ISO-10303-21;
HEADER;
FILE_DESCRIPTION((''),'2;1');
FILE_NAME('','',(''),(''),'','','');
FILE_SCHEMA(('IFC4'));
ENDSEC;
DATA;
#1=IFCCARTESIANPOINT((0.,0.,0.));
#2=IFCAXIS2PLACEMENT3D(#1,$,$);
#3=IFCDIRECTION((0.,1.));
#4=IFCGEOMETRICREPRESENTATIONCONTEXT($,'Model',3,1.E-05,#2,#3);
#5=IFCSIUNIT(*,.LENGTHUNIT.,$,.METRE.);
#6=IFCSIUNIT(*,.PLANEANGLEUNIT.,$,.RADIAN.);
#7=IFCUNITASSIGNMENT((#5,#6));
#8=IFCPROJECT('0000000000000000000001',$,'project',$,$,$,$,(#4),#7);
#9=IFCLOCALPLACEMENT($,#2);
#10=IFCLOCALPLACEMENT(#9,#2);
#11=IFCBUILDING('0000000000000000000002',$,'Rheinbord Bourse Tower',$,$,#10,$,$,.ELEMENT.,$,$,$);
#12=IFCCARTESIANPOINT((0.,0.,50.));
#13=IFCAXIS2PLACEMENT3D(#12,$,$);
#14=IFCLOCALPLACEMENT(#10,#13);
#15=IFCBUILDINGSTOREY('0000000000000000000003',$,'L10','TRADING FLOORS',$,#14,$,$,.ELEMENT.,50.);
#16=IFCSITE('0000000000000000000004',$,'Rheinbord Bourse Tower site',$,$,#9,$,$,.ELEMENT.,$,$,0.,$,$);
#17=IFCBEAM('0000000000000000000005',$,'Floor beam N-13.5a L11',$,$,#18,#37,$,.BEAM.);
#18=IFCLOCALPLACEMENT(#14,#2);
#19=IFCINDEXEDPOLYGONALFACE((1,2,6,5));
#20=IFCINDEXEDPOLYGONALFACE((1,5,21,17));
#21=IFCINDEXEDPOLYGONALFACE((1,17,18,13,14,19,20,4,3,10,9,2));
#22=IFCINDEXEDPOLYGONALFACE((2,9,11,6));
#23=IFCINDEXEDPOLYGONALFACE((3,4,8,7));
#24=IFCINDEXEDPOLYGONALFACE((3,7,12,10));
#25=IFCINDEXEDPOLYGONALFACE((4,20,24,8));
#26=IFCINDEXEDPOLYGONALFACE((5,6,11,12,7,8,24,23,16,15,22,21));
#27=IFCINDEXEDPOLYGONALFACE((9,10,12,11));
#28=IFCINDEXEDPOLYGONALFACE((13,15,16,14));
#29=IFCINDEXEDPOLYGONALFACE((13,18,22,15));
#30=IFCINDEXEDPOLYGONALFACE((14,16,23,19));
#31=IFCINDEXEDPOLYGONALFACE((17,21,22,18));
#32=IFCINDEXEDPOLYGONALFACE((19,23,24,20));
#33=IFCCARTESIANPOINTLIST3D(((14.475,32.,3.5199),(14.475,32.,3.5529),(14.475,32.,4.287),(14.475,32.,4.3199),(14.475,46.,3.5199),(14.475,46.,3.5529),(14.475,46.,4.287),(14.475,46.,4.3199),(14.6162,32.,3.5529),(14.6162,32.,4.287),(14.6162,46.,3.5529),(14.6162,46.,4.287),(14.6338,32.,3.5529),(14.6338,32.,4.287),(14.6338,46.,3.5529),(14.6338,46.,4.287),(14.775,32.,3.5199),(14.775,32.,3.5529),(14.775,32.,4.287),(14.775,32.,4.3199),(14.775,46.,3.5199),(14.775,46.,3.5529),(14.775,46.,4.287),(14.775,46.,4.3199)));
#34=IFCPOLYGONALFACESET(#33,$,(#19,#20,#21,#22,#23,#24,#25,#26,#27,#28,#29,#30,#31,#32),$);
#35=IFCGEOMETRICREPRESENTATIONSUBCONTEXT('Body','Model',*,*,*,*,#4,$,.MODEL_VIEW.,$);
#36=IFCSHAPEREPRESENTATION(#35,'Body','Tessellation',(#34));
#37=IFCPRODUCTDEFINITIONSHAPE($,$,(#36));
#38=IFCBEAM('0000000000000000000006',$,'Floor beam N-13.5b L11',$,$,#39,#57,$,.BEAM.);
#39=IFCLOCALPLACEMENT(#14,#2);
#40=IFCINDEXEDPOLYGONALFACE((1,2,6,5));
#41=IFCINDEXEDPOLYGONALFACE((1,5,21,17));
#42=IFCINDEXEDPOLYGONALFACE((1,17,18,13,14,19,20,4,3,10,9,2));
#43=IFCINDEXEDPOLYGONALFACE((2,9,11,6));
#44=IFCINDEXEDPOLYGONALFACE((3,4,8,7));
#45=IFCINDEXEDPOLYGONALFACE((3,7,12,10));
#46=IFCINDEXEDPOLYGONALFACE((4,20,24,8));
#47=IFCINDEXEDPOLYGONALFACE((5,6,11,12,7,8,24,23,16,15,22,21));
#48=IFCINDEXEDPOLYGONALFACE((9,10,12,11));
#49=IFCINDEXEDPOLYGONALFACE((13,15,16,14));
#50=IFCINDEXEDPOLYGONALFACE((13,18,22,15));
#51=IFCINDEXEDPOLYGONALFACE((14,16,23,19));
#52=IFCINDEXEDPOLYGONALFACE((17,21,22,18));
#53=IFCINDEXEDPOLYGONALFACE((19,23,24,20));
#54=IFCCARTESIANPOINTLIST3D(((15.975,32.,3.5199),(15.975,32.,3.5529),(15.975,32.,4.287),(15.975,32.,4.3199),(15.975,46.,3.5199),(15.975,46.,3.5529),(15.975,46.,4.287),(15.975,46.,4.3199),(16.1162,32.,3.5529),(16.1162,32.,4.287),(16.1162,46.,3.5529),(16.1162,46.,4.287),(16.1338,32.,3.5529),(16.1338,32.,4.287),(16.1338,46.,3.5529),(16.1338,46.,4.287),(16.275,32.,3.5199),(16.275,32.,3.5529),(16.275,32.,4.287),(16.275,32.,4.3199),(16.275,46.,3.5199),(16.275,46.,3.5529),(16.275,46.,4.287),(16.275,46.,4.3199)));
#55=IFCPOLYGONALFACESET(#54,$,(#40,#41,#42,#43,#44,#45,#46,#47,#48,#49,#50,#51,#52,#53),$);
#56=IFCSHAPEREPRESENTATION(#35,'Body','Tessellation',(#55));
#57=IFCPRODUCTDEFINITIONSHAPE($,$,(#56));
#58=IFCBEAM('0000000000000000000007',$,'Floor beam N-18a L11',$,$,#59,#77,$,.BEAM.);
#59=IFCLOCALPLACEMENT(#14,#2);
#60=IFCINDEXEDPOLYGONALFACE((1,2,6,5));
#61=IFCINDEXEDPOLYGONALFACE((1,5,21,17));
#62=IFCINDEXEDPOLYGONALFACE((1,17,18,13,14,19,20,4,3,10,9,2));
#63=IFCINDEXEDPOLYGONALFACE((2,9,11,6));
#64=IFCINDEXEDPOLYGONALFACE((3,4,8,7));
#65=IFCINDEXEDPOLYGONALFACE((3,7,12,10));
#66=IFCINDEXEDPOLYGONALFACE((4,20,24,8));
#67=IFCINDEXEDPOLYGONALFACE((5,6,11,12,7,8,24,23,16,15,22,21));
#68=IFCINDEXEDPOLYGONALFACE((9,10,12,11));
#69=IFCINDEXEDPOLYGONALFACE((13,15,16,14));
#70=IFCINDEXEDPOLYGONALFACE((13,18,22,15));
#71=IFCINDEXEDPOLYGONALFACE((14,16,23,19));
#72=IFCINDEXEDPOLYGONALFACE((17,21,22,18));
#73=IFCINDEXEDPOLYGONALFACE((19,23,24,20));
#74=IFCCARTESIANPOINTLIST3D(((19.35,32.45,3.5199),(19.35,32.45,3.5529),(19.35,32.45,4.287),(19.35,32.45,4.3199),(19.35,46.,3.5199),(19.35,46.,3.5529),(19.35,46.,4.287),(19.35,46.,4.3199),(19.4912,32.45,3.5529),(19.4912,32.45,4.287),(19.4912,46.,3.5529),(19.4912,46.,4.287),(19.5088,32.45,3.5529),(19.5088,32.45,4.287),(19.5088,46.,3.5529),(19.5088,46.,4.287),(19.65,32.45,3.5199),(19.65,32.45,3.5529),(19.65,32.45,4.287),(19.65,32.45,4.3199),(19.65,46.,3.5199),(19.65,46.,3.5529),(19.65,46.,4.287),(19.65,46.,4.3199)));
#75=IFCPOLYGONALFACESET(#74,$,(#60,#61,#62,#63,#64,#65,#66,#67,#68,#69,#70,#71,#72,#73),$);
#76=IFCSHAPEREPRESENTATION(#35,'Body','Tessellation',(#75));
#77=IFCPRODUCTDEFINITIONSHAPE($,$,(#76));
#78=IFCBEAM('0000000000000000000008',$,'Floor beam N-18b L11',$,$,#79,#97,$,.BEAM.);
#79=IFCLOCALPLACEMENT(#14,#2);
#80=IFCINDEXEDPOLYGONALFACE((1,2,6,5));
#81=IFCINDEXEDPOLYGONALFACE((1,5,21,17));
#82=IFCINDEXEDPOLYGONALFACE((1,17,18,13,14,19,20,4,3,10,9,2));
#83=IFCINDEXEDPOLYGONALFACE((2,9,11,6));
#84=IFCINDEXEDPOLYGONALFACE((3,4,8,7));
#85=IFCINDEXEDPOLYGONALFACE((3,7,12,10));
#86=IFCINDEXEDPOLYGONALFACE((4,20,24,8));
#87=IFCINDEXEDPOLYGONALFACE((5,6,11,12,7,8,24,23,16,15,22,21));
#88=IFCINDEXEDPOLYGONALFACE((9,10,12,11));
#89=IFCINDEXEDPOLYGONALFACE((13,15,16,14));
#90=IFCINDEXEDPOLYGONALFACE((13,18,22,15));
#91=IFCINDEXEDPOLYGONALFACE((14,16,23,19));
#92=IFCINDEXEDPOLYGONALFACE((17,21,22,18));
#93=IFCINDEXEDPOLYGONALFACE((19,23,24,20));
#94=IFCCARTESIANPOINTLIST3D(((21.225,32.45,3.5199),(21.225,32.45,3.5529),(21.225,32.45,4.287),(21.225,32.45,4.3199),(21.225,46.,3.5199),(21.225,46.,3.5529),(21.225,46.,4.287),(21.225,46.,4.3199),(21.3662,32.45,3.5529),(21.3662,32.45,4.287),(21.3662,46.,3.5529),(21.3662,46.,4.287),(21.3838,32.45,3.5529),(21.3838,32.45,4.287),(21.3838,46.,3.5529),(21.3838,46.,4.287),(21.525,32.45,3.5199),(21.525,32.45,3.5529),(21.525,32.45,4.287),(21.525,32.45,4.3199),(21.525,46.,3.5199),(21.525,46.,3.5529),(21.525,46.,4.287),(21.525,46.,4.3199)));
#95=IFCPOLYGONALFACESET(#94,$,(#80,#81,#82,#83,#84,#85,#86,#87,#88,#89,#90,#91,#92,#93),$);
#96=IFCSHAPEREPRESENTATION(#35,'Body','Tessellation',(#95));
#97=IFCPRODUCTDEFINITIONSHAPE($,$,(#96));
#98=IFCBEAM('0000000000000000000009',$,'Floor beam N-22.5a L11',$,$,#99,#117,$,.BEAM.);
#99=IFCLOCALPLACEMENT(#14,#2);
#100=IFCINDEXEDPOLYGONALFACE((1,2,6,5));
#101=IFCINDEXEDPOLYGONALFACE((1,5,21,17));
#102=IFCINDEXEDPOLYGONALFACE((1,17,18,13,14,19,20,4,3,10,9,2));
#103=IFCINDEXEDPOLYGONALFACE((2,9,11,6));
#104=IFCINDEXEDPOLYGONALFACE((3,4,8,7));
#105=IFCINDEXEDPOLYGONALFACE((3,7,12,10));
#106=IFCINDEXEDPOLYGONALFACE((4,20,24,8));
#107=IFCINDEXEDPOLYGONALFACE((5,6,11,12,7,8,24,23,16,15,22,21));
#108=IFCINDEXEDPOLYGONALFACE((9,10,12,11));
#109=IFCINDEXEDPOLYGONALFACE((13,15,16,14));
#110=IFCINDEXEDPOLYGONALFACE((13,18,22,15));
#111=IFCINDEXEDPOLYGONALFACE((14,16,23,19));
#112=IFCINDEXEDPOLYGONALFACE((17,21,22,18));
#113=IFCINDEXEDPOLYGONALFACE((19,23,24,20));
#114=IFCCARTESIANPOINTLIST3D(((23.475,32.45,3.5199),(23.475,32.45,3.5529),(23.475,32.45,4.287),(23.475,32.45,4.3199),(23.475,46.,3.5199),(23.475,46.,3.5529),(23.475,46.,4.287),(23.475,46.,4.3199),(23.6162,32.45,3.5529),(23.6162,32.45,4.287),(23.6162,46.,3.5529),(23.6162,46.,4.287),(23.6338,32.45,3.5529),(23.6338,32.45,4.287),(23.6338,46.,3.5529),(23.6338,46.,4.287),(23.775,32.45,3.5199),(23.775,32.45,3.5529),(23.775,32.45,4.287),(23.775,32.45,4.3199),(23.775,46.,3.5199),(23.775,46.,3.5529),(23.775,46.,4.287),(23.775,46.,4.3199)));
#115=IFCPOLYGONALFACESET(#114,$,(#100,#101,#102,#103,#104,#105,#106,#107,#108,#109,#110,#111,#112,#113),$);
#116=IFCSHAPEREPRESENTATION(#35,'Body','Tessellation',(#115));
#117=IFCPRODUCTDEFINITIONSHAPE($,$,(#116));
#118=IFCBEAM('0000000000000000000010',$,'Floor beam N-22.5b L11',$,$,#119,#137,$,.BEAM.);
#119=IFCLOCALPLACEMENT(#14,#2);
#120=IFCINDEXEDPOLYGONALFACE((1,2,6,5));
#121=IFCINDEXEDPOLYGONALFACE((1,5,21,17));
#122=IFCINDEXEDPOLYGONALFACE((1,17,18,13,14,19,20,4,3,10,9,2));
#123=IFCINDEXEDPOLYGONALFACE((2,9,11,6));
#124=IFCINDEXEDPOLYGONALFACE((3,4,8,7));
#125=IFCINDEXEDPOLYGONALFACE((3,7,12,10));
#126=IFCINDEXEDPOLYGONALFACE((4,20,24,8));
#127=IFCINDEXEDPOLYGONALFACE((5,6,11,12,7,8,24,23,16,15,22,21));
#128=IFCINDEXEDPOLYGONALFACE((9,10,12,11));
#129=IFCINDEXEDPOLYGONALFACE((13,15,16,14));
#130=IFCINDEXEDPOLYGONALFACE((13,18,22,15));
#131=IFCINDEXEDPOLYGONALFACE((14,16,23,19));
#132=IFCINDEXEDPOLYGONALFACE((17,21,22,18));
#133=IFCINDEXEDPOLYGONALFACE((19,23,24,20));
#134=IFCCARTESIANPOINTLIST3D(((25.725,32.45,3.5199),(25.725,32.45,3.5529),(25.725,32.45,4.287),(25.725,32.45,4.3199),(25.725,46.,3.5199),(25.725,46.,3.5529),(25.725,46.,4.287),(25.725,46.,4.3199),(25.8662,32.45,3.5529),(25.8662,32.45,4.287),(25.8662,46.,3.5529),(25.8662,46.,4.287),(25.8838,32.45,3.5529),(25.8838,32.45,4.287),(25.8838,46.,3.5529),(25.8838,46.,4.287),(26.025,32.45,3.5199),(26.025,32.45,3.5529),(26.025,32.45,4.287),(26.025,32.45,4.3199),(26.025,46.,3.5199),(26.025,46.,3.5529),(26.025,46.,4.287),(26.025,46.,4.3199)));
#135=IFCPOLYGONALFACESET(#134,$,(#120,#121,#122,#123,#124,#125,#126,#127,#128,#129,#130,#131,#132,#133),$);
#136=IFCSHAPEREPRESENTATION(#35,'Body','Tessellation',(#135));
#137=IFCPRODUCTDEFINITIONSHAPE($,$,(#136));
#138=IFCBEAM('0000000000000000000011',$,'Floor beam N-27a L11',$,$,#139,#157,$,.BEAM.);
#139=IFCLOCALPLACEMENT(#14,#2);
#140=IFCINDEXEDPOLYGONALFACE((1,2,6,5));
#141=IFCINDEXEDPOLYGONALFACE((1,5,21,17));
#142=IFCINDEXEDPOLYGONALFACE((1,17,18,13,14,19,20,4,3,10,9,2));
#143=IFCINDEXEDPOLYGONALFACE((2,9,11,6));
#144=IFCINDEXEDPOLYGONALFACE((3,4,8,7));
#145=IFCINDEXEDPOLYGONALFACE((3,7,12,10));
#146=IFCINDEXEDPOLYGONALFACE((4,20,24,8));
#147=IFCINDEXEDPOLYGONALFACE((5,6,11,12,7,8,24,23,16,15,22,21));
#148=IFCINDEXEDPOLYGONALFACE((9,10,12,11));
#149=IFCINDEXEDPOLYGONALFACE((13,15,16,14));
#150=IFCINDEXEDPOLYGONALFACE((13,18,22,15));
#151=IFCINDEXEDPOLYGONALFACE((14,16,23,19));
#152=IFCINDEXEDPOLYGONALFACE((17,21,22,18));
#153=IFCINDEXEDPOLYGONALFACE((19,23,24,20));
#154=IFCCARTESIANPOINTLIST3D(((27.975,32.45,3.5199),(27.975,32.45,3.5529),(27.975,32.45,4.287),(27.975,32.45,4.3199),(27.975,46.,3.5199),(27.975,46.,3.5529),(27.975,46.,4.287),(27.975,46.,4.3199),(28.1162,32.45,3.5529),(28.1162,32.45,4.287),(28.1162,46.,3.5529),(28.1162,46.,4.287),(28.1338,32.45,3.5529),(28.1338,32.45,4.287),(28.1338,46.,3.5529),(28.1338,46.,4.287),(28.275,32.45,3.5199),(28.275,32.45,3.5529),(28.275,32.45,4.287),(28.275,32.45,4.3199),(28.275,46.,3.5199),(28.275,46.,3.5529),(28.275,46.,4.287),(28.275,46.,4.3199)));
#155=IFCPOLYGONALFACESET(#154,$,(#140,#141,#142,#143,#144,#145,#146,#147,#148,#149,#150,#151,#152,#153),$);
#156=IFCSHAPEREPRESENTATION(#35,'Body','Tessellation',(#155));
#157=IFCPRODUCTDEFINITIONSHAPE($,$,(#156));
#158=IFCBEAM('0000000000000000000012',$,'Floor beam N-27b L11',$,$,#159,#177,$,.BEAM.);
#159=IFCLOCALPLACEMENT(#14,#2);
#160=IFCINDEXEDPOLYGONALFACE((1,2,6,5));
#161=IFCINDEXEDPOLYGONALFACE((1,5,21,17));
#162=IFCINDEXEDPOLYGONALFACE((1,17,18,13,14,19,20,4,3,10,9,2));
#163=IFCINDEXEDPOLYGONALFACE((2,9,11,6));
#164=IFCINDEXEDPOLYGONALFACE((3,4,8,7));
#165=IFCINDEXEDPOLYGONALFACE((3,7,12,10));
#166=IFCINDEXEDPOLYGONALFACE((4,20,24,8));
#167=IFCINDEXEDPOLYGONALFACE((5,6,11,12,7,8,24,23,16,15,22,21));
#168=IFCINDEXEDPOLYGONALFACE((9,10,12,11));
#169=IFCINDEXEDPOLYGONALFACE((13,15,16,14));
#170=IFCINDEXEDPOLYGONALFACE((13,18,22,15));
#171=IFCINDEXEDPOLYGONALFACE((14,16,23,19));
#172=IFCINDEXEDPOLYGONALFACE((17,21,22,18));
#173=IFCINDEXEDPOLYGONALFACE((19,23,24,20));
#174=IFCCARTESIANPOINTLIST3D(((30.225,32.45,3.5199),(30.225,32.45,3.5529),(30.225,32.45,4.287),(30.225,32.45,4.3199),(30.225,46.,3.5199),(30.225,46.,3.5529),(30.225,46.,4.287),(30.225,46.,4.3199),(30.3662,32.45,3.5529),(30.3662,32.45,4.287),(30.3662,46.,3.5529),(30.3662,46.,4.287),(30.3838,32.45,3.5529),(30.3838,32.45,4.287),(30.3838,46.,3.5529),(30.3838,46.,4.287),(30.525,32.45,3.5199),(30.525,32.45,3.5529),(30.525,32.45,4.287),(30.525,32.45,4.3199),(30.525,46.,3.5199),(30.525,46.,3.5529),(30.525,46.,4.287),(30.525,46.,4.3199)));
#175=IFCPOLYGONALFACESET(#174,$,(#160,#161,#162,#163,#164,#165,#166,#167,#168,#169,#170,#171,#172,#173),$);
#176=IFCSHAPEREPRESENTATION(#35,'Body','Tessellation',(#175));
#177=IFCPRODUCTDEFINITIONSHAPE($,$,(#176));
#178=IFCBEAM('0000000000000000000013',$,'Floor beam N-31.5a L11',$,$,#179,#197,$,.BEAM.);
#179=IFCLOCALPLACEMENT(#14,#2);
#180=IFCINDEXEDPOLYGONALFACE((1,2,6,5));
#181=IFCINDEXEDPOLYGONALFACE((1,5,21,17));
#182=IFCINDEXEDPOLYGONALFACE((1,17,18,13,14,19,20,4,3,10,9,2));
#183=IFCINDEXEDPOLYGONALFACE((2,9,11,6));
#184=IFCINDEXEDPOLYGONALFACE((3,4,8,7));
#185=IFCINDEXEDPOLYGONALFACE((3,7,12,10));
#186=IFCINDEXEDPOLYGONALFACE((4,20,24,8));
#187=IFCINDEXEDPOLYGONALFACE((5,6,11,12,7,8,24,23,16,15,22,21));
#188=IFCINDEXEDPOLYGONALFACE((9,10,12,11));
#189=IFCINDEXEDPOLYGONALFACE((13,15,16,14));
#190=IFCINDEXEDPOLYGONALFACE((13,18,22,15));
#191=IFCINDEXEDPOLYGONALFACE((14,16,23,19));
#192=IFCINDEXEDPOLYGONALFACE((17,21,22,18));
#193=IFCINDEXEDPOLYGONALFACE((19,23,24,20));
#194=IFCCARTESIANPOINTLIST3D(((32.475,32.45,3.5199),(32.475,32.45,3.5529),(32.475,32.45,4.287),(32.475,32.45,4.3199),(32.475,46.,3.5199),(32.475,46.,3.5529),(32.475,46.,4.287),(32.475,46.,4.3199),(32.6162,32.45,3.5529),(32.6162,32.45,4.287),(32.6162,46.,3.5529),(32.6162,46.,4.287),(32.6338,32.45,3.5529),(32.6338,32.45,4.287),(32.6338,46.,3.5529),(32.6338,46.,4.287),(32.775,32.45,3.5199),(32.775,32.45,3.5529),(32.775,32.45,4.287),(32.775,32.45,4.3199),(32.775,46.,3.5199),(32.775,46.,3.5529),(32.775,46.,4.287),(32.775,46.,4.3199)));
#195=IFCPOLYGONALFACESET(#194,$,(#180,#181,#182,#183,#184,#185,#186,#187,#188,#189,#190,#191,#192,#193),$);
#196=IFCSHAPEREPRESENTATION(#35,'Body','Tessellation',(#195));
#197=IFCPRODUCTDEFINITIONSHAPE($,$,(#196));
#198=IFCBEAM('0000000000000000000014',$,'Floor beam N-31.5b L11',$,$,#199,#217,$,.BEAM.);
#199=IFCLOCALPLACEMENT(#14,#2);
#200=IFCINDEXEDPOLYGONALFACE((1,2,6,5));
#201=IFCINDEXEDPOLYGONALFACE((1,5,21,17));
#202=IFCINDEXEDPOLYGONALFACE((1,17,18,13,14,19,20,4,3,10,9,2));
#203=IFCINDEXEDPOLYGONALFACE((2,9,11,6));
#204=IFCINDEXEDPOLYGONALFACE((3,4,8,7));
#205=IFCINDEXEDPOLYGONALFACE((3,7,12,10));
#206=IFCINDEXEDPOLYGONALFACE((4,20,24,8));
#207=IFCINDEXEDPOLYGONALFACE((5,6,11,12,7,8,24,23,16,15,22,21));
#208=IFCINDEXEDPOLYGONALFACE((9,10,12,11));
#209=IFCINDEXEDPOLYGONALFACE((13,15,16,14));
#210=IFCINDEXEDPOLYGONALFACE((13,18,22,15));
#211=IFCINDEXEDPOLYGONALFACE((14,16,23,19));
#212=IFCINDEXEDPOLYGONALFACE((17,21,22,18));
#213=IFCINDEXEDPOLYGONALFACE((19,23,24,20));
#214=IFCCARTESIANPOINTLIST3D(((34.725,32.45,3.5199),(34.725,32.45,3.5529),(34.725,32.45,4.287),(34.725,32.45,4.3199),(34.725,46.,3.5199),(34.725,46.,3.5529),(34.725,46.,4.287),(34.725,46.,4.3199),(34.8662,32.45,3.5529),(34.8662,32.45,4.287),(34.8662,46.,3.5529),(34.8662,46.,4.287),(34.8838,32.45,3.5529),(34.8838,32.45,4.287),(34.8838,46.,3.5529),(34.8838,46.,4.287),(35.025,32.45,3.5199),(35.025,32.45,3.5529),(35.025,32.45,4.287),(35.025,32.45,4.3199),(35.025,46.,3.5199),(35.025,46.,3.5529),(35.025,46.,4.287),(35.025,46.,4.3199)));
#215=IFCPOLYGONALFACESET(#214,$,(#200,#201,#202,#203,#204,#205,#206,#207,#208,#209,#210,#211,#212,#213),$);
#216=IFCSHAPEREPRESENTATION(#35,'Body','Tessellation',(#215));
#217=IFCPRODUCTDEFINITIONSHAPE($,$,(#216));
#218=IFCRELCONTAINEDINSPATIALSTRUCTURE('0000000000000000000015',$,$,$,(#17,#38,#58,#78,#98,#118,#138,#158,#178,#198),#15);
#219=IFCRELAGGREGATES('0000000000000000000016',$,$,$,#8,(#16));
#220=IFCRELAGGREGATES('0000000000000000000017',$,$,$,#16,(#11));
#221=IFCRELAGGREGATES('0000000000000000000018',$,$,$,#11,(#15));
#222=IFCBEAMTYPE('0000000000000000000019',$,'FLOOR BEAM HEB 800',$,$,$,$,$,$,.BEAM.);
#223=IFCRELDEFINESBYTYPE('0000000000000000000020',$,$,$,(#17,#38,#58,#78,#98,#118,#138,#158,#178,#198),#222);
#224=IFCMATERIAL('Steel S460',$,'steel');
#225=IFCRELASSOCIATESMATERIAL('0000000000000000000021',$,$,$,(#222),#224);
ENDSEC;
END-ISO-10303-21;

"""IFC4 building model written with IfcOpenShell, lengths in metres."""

from ifc_helpers import new_model, si_unit, direction, frame, origin, origin_2d, place, context, subcontext, project, spatial, i_section, extrude, material, material_profile, profile_set, type_object, element, save


model = new_model("IFC4")

# Units and contexts
model_context = context("Model", 3, precision=1e-05, world=origin(), true_north=direction((0.0, 1.0)))
body_context = subcontext(model_context, "Body", "Model", "MODEL_VIEW")
ifc_project = project(units=[si_unit("LENGTHUNIT", "METRE"), si_unit("PLANEANGLEUNIT", "RADIAN")], contexts=[model_context])

# Site, building, storey
site_placement = place(None, origin())
site = spatial("IfcSite", under=ifc_project, at=site_placement, Name="Rheinbord Bourse Tower site", CompositionType="ELEMENT", RefElevation=0.0)
building_placement = place(site_placement, origin())
building = spatial("IfcBuilding", under=site, at=building_placement, Name="Rheinbord Bourse Tower", CompositionType="ELEMENT")
storey_placement = place(building_placement, frame((0.0, 0.0, 50.0)))
storey = spatial("IfcBuildingStorey", under=building, at=storey_placement, Name="L10", Description="TRADING FLOORS", CompositionType="ELEMENT", Elevation=50.0)

# Beams
ifc_material_1 = material(Name="Steel S460", Category="steel")
ifc_material_profile_1 = material_profile(ifc_material_1, i_section(OverallWidth=0.3, OverallDepth=0.8, WebThickness=0.0176, FlangeThickness=0.033, at=origin_2d()), Name="HEB 800")
ifc_profile_set_1 = profile_set([ifc_material_profile_1], Name="Steel S460")
beam_type_1 = type_object("IfcBeamType", Name="FLOOR BEAM HEB 800", PredefinedType="BEAM", material=ifc_profile_set_1)
for number, where, z_axis, x_axis, name in (
    (1, (14.625, 46.0, 3.9199), (0.0, -1.0, 0.0), (1.0, 0.0, 0.0), "Floor beam N-13.5a L11"),
    (2, (16.125, 46.0, 3.9199), (0.0, -1.0, 0.0), (1.0, 0.0, 0.0), "Floor beam N-13.5b L11"),
):
    element("IfcBeam", number, at=place(storey_placement, frame(where, z_axis=z_axis, x_axis=x_axis)), inside=storey, type_object=beam_type_1, Name=name, PredefinedType="BEAM", context=body_context, shape_type="SweptSolid", body=[
        extrude(i_section(OverallWidth=0.3, OverallDepth=0.8, WebThickness=0.0176, FlangeThickness=0.033, at=origin_2d()), origin(), (0.0, 0.0, 1.0), 14.0),
    ])
for number, where, z_axis, x_axis, name in (
    (3, (19.5, 46.0, 3.9199), (0.0, -1.0, 0.0), (1.0, 0.0, 0.0), "Floor beam N-18a L11"),
    (4, (21.375, 46.0, 3.9199), (0.0, -1.0, 0.0), (1.0, 0.0, 0.0), "Floor beam N-18b L11"),
    (5, (23.625, 46.0, 3.9199), (0.0, -1.0, 0.0), (1.0, 0.0, 0.0), "Floor beam N-22.5a L11"),
    (6, (25.875, 46.0, 3.9199), (0.0, -1.0, 0.0), (1.0, 0.0, 0.0), "Floor beam N-22.5b L11"),
    (7, (28.125, 46.0, 3.9199), (0.0, -1.0, 0.0), (1.0, 0.0, 0.0), "Floor beam N-27a L11"),
    (8, (30.375, 46.0, 3.9199), (0.0, -1.0, 0.0), (1.0, 0.0, 0.0), "Floor beam N-27b L11"),
    (9, (32.625, 46.0, 3.9199), (0.0, -1.0, 0.0), (1.0, 0.0, 0.0), "Floor beam N-31.5a L11"),
    (10, (34.875, 46.0, 3.9199), (0.0, -1.0, 0.0), (1.0, 0.0, 0.0), "Floor beam N-31.5b L11"),
):
    element("IfcBeam", number, at=place(storey_placement, frame(where, z_axis=z_axis, x_axis=x_axis)), inside=storey, type_object=beam_type_1, Name=name, PredefinedType="BEAM", context=body_context, shape_type="SweptSolid", body=[
        extrude(i_section(OverallWidth=0.3, OverallDepth=0.8, WebThickness=0.0176, FlangeThickness=0.033, at=origin_2d()), origin(), (0.0, 0.0, 1.0), 13.55),
    ])

save(model, "model.ifc")
